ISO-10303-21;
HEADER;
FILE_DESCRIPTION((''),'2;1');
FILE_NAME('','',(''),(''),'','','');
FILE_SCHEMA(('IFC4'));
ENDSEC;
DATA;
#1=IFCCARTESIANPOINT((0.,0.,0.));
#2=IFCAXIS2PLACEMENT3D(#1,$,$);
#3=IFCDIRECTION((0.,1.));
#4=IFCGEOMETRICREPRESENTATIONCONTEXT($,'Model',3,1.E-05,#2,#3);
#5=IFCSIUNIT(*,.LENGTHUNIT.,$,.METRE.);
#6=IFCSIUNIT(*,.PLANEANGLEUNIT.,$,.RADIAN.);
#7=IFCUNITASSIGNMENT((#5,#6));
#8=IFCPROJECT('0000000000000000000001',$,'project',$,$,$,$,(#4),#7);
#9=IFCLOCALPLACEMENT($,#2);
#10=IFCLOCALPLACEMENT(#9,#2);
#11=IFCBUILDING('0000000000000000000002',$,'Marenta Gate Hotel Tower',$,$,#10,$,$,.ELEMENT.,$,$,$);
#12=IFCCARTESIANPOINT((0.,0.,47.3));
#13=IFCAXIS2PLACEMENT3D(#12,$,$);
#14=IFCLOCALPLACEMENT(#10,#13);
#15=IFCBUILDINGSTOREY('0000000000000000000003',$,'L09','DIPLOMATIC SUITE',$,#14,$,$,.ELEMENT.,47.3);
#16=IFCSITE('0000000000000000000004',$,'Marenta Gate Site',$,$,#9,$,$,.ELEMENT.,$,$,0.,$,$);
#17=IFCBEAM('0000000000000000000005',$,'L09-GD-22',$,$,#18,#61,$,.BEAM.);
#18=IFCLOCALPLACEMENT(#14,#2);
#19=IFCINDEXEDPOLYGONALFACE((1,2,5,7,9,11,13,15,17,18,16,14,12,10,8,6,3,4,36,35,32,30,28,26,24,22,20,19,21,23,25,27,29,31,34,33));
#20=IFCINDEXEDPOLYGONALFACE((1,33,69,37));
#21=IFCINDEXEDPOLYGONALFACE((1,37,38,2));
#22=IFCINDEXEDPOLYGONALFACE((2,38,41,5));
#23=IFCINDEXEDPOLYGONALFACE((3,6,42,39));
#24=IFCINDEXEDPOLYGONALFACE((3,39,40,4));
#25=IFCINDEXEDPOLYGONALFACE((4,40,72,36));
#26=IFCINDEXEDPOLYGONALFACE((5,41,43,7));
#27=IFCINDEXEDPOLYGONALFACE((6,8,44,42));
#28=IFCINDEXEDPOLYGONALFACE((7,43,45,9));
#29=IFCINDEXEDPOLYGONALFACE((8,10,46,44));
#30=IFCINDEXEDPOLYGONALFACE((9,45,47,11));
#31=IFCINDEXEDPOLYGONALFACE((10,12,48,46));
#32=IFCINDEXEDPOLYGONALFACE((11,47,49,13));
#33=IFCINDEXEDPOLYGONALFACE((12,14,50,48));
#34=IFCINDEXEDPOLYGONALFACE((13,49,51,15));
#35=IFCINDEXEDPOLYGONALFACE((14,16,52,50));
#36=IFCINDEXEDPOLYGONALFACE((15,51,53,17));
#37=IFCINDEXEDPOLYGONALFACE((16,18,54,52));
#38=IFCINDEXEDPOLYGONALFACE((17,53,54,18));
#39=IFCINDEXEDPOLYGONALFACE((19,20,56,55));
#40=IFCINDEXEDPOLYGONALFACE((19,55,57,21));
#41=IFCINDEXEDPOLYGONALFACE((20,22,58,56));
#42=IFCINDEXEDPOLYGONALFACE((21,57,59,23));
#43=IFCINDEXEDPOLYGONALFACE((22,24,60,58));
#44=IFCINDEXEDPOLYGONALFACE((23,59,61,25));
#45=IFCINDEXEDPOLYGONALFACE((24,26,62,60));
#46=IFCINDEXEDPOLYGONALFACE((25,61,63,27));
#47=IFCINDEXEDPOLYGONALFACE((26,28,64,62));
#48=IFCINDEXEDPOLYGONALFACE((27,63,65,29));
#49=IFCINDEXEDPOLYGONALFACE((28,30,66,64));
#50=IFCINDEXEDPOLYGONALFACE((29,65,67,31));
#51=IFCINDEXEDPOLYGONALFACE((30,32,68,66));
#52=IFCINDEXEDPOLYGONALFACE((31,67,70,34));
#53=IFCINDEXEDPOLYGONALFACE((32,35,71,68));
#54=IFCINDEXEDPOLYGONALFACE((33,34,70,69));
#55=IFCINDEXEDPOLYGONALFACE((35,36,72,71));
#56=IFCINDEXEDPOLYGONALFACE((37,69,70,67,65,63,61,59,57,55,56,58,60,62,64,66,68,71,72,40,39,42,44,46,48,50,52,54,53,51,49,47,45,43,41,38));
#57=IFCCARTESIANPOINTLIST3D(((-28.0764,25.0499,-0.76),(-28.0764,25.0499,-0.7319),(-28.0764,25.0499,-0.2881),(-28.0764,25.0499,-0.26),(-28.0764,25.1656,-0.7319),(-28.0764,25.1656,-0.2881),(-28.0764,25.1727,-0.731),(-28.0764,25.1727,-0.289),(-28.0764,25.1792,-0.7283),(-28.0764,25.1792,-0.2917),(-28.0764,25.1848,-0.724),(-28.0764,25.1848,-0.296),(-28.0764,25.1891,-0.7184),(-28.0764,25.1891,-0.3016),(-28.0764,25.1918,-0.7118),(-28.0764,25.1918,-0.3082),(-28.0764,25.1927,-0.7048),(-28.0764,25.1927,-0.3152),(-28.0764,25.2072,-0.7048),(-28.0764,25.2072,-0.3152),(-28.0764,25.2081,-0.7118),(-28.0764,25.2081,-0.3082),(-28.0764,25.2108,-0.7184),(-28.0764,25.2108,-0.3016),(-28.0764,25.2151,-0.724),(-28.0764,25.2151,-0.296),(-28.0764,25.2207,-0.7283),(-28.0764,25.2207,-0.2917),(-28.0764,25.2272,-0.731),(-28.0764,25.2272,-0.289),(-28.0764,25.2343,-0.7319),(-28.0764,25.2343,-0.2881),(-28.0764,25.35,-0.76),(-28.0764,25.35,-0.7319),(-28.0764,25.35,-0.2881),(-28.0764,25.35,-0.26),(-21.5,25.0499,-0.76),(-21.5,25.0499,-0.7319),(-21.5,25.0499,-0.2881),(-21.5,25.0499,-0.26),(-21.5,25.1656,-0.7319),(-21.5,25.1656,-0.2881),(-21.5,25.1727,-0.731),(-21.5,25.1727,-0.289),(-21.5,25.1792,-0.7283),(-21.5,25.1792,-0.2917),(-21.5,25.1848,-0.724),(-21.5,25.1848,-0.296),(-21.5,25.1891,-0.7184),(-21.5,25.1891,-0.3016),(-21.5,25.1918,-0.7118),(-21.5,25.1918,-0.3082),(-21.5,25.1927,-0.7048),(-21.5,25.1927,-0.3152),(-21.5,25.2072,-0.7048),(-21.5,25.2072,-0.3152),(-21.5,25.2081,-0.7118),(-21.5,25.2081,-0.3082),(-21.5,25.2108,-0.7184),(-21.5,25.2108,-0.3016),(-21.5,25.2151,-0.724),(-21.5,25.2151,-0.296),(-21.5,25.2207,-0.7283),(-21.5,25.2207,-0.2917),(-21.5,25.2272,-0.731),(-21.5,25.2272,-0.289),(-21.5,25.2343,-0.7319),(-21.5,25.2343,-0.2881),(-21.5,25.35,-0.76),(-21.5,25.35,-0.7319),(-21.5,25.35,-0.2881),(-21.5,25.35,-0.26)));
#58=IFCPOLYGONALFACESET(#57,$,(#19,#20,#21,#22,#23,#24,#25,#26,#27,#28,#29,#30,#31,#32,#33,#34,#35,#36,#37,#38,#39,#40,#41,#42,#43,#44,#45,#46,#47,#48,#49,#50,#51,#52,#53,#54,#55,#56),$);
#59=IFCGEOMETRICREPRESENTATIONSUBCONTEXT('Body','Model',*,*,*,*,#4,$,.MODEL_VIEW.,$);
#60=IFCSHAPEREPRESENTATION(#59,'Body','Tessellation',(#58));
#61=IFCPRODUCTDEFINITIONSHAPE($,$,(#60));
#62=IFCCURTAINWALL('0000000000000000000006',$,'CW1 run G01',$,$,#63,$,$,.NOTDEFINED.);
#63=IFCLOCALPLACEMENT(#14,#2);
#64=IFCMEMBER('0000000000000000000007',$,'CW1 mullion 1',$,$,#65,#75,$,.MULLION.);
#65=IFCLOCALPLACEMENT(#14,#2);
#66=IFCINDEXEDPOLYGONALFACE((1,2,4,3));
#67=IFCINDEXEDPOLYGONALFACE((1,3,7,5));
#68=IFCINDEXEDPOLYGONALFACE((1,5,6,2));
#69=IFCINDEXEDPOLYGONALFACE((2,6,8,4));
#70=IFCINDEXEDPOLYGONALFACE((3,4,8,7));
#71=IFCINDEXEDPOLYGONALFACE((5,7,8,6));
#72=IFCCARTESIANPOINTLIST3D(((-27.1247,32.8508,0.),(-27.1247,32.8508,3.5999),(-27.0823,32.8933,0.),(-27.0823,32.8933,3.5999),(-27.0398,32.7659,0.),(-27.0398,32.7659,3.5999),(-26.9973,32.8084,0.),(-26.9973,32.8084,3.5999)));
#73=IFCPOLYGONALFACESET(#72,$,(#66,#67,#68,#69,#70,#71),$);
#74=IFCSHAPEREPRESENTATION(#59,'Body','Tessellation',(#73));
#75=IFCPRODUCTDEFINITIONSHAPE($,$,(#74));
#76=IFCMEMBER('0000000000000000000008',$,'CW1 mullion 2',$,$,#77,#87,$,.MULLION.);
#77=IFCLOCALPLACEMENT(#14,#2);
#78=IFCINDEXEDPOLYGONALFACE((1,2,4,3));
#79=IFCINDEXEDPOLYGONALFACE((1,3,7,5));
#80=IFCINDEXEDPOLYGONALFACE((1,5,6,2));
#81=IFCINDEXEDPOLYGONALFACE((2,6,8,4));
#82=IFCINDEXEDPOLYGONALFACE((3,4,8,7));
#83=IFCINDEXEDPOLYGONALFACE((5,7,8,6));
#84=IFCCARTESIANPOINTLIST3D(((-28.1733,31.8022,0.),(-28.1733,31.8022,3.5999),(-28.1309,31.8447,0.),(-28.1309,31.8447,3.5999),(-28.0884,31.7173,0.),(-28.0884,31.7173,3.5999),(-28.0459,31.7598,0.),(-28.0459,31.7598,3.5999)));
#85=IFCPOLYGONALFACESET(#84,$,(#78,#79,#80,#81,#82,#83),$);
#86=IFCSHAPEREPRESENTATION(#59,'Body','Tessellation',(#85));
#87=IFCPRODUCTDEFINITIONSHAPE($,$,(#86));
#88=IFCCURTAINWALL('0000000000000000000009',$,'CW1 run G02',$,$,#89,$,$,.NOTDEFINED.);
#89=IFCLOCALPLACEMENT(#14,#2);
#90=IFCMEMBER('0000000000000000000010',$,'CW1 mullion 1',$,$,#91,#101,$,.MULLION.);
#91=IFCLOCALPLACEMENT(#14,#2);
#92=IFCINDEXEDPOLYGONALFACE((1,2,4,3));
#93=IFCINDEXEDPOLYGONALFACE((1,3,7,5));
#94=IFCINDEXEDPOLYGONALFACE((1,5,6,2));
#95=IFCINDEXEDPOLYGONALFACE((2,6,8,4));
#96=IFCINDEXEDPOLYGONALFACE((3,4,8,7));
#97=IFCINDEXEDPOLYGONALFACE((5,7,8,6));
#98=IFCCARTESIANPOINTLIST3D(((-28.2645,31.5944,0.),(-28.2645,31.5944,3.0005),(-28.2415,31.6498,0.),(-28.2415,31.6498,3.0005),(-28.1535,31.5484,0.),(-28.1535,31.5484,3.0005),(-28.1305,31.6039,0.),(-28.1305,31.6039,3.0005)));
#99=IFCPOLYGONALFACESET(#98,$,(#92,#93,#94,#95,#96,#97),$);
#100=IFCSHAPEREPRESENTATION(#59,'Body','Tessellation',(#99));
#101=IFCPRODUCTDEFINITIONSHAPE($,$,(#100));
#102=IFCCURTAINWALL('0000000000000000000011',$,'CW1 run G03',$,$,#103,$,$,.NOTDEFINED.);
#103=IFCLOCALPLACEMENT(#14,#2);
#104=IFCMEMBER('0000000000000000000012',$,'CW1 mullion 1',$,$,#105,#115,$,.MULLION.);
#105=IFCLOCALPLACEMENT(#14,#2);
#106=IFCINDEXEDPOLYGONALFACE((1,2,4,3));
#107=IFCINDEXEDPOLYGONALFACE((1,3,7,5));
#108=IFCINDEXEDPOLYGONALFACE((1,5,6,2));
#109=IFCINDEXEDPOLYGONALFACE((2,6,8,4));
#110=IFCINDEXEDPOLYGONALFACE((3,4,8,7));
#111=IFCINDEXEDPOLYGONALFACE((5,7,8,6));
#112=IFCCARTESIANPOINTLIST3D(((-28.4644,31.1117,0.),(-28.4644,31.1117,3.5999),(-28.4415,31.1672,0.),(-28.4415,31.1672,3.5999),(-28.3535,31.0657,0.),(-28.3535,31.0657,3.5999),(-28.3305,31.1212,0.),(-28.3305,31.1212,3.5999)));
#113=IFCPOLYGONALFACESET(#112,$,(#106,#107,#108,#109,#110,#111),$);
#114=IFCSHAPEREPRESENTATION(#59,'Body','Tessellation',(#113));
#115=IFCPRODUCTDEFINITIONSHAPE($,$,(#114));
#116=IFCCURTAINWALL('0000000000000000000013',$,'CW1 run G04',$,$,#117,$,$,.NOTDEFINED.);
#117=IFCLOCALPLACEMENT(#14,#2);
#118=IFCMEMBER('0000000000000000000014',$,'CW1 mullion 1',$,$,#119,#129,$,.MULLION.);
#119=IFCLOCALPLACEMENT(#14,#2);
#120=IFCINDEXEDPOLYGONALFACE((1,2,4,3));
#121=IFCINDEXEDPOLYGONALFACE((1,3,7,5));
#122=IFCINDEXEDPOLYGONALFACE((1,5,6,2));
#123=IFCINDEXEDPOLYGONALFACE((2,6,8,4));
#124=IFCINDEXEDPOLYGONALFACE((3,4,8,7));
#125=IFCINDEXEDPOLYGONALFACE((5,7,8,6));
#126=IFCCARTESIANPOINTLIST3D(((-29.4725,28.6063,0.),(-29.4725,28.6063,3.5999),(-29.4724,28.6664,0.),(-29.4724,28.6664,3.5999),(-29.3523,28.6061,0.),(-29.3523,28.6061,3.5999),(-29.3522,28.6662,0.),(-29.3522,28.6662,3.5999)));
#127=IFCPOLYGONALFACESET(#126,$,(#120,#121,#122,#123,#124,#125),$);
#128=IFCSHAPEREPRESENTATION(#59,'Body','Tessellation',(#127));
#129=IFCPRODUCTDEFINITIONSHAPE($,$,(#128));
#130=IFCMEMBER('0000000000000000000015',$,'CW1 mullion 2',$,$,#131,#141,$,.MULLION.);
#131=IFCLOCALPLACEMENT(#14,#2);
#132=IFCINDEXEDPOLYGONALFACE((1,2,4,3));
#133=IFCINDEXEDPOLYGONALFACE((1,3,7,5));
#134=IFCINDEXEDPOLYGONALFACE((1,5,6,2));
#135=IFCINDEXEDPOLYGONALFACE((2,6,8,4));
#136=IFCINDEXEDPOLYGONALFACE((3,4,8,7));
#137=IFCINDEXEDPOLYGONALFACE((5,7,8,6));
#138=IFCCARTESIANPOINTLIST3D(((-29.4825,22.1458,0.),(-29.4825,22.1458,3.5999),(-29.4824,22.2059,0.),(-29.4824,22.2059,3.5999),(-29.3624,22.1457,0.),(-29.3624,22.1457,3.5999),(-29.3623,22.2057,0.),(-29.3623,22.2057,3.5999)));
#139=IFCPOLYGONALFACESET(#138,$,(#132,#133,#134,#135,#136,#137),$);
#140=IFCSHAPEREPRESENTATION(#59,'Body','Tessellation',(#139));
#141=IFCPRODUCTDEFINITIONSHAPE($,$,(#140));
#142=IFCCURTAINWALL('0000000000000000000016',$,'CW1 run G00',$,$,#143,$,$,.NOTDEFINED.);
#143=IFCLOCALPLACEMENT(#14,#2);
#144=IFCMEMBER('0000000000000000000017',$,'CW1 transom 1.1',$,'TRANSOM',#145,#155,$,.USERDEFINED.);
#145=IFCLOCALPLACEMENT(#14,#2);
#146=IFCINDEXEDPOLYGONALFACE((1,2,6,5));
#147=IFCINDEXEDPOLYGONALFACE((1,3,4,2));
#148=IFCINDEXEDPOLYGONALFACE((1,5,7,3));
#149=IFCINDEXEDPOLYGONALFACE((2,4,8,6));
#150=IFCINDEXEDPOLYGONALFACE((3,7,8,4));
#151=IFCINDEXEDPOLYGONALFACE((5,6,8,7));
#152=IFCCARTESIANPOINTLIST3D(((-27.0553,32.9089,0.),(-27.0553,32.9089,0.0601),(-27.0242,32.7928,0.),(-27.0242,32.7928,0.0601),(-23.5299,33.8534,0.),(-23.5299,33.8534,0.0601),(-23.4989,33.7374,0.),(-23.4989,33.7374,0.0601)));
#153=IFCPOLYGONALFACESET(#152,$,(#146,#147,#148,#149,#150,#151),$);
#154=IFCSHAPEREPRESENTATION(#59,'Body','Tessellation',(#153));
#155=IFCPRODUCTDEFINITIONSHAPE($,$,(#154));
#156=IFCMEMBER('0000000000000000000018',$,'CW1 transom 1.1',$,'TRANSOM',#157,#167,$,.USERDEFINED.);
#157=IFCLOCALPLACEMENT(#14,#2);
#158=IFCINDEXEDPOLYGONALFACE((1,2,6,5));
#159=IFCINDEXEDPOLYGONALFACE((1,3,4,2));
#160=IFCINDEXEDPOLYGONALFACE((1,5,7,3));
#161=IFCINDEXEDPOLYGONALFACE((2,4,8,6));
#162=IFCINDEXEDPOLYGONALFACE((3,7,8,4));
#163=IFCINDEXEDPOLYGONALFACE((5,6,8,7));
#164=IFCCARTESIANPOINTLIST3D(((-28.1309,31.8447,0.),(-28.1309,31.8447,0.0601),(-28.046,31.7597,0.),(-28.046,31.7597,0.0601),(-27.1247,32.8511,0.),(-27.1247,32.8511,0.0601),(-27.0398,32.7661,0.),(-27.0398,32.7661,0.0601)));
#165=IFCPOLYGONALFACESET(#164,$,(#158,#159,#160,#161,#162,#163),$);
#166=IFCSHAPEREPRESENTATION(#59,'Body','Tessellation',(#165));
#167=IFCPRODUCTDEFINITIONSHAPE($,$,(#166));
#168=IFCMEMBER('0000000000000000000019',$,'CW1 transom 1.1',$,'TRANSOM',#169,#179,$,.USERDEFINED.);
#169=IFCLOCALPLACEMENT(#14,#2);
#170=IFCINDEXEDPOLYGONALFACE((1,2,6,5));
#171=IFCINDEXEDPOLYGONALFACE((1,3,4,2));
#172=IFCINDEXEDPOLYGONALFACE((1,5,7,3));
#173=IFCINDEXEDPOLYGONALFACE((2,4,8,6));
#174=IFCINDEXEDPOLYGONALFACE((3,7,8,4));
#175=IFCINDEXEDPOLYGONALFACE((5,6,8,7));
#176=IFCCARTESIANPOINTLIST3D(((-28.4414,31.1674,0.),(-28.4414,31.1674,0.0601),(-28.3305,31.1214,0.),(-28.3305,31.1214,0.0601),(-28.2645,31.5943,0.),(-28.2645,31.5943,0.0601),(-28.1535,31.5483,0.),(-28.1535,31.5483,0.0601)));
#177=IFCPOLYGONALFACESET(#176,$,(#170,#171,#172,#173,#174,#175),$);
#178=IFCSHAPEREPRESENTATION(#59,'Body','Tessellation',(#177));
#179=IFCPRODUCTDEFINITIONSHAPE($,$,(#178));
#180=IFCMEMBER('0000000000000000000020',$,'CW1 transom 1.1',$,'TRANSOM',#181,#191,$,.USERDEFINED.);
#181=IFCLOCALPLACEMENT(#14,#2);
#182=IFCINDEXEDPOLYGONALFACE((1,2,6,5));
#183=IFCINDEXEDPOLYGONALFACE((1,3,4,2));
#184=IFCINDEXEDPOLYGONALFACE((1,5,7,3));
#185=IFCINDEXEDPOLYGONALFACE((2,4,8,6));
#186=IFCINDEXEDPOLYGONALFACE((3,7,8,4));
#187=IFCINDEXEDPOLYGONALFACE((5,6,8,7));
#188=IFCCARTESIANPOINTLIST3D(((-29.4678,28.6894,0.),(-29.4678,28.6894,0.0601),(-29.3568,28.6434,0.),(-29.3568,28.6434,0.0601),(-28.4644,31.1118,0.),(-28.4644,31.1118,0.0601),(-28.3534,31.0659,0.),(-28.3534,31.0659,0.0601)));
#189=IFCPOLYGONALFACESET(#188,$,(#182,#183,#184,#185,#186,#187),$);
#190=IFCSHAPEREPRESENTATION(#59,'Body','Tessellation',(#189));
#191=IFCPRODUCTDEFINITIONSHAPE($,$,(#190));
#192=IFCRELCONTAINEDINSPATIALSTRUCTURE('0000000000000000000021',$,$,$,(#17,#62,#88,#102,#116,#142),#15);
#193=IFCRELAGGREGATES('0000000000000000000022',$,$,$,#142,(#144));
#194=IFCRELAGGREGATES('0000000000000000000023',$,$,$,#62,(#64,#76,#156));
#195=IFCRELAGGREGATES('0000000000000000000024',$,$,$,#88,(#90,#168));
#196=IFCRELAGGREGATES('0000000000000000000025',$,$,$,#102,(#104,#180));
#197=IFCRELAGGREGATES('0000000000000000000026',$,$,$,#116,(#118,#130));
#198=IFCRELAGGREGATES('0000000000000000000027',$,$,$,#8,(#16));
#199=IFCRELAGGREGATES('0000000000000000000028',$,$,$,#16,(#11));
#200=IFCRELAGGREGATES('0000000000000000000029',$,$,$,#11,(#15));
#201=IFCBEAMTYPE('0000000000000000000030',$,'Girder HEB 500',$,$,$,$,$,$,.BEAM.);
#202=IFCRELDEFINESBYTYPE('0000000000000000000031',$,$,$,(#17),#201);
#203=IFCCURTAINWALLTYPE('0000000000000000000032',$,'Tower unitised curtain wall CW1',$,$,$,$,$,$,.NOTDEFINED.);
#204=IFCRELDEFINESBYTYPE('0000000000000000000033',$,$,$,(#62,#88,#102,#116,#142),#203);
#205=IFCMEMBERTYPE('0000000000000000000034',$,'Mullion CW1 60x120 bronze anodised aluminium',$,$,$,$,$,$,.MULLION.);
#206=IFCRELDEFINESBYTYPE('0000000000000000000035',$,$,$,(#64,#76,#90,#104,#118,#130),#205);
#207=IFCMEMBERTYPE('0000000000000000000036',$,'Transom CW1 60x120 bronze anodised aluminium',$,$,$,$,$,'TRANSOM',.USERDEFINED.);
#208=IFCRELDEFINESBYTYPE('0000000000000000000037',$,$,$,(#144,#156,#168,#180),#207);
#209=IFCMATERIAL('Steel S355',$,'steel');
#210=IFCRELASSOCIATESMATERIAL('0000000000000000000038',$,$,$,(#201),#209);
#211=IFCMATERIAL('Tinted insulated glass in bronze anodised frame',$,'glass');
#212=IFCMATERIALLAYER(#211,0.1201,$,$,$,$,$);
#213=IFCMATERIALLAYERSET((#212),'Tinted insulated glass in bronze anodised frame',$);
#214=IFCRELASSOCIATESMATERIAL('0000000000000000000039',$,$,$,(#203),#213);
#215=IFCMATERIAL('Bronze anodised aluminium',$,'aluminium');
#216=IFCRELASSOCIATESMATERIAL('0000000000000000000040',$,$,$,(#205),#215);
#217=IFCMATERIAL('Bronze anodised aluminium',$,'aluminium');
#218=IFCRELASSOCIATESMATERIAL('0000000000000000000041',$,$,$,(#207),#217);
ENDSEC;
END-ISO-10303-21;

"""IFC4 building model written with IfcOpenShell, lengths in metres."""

from ifc_helpers import new_model, si_unit, direction, frame, origin, origin_2d, place, context, subcontext, project, spatial, rectangle, i_section, extrude, material, layer, layer_set, material_profile, profile_set, type_object, element, aggregate, save


model = new_model("IFC4")

# Units and contexts
model_context = context("Model", 3, precision=1e-05, world=origin(), true_north=direction((0.0, 1.0)))
body_context = subcontext(model_context, "Body", "Model", "MODEL_VIEW")
ifc_project = project(units=[si_unit("LENGTHUNIT", "METRE"), si_unit("PLANEANGLEUNIT", "RADIAN")], contexts=[model_context])

# Site, building, storey
site_placement = place(None, origin())
site = spatial("IfcSite", under=ifc_project, at=site_placement, Name="Marenta Gate Site", CompositionType="ELEMENT", RefElevation=0.0)
building_placement = place(site_placement, origin())
building = spatial("IfcBuilding", under=site, at=building_placement, Name="Marenta Gate Hotel Tower", CompositionType="ELEMENT")
storey_placement = place(building_placement, frame((0.0, 0.0, 47.3)))
storey = spatial("IfcBuildingStorey", under=building, at=storey_placement, Name="L09", Description="DIPLOMATIC SUITE", CompositionType="ELEMENT", Elevation=47.3)

# Beam
ifc_material_1 = material(Name="Steel S355", Category="steel")
ifc_material_profile_1 = material_profile(ifc_material_1, i_section(OverallWidth=0.3, OverallDepth=0.5, WebThickness=0.0144, FlangeThickness=0.0281, FilletRadius=0.0271, at=origin_2d()), Name="HEB 500")
ifc_profile_set_1 = profile_set([ifc_material_profile_1], Name="Steel S355")
beam_type_1 = type_object("IfcBeamType", Name="Girder HEB 500", PredefinedType="BEAM", material=ifc_profile_set_1)
beam_1_placement = place(storey_placement, frame((-28.0764, 25.2, -0.51), z_axis=(1.0, 0.0, 0.0), x_axis=(0.0, 1.0, 0.0)))
element("IfcBeam", 1, at=beam_1_placement, inside=storey, type_object=beam_type_1, Name="L09-GD-22", PredefinedType="BEAM", context=body_context, shape_type="SweptSolid", body=[
    extrude(i_section(OverallWidth=0.3, OverallDepth=0.5, WebThickness=0.0144, FlangeThickness=0.0281, FilletRadius=0.0271, at=origin_2d()), origin(), (0.0, 0.0, 1.0), 6.5764),
])

# Curtain wall, members
ifc_material_2 = material(Name="Tinted insulated glass in bronze anodised frame", Category="glass")
ifc_layer_1 = layer(ifc_material_2, 0.1201)
ifc_layer_set_1 = layer_set([ifc_layer_1], Name="Tinted insulated glass in bronze anodised frame")
curtain_wall_type = type_object("IfcCurtainWallType", Name="Tower unitised curtain wall CW1", PredefinedType="NOTDEFINED", material=ifc_layer_set_1)
curtain_wall_1_placement = place(storey_placement, origin())
curtain_wall_1 = element("IfcCurtainWall", 2, at=curtain_wall_1_placement, inside=storey, type_object=curtain_wall_type, Name="CW1 run G01", PredefinedType="NOTDEFINED")
ifc_material_3 = material(Name="Bronze anodised aluminium", Category="aluminium")
ifc_material_profile_2 = material_profile(ifc_material_3, rectangle(XDim=0.1201, YDim=0.0601, at=origin_2d()), Name="Mullion CW1 60x120 bronze anodised aluminium")
ifc_profile_set_2 = profile_set([ifc_material_profile_2], Name="Bronze anodised aluminium")
member_type_1 = type_object("IfcMemberType", Name="Mullion CW1 60x120 bronze anodised aluminium", PredefinedType="MULLION", material=ifc_profile_set_2)
member_1_placement = place(storey_placement, frame((-27.061, 32.8296, 0.0), z_axis=(0.0, 0.0, 1.0), x_axis=(0.707107, -0.707107, 0.0)))
member_1 = element("IfcMember", 3, at=member_1_placement, type_object=member_type_1, Name="CW1 mullion 1", PredefinedType="MULLION", context=body_context, shape_type="SweptSolid", body=[
    extrude(rectangle(XDim=0.1201, YDim=0.0601, at=origin_2d()), origin(), (0.0, 0.0, 1.0), 3.5999),
])
member_2_placement = place(storey_placement, frame((-28.1096, 31.781, 0.0), z_axis=(0.0, 0.0, 1.0), x_axis=(0.707107, -0.707107, 0.0)))
member_2 = element("IfcMember", 4, at=member_2_placement, type_object=member_type_1, Name="CW1 mullion 2", PredefinedType="MULLION", context=body_context, shape_type="SweptSolid", body=[
    extrude(rectangle(XDim=0.1201, YDim=0.0601, at=origin_2d()), origin(), (0.0, 0.0, 1.0), 3.5999),
])

# Curtain walls, members
curtain_wall_2_placement = place(storey_placement, origin())
curtain_wall_2 = element("IfcCurtainWall", 5, at=curtain_wall_2_placement, inside=storey, type_object=curtain_wall_type, Name="CW1 run G02", PredefinedType="NOTDEFINED")
member_3_placement = place(storey_placement, frame((-28.1975, 31.5991, 0.0), z_axis=(0.0, 0.0, 1.0), x_axis=(0.923879, -0.382684, 0.0)))
member_3 = element("IfcMember", 6, at=member_3_placement, type_object=member_type_1, Name="CW1 mullion 1", PredefinedType="MULLION", context=body_context, shape_type="SweptSolid", body=[
    extrude(rectangle(XDim=0.1201, YDim=0.0601, at=origin_2d()), origin(), (0.0, 0.0, 1.0), 3.0005),
])
curtain_wall_3_placement = place(storey_placement, origin())
curtain_wall_3 = element("IfcCurtainWall", 7, at=curtain_wall_3_placement, inside=storey, type_object=curtain_wall_type, Name="CW1 run G03", PredefinedType="NOTDEFINED")
member_4_placement = place(storey_placement, frame((-28.3975, 31.1165, 0.0), z_axis=(0.0, 0.0, 1.0), x_axis=(0.923882, -0.382677, 0.0)))
member_4 = element("IfcMember", 8, at=member_4_placement, type_object=member_type_1, Name="CW1 mullion 1", PredefinedType="MULLION", context=body_context, shape_type="SweptSolid", body=[
    extrude(rectangle(XDim=0.1201, YDim=0.0601, at=origin_2d()), origin(), (0.0, 0.0, 1.0), 3.5999),
])

# Curtain wall, members
curtain_wall_4_placement = place(storey_placement, origin())
curtain_wall_4 = element("IfcCurtainWall", 9, at=curtain_wall_4_placement, inside=storey, type_object=curtain_wall_type, Name="CW1 run G04", PredefinedType="NOTDEFINED")
member_5_placement = place(storey_placement, frame((-29.4124, 28.6362, 0.0), z_axis=(0.0, 0.0, 1.0), x_axis=(0.999999, -0.001566, 0.0)))
member_5 = element("IfcMember", 10, at=member_5_placement, type_object=member_type_1, Name="CW1 mullion 1", PredefinedType="MULLION", context=body_context, shape_type="SweptSolid", body=[
    extrude(rectangle(XDim=0.1201, YDim=0.0601, at=origin_2d()), origin(), (0.0, 0.0, 1.0), 3.5999),
])
member_6_placement = place(storey_placement, frame((-29.4224, 22.1758, 0.0), z_axis=(0.0, 0.0, 1.0), x_axis=(0.999999, -0.001566, 0.0)))
member_6 = element("IfcMember", 11, at=member_6_placement, type_object=member_type_1, Name="CW1 mullion 2", PredefinedType="MULLION", context=body_context, shape_type="SweptSolid", body=[
    extrude(rectangle(XDim=0.1201, YDim=0.0601, at=origin_2d()), origin(), (0.0, 0.0, 1.0), 3.5999),
])

# Curtain wall, member
curtain_wall_5_placement = place(storey_placement, origin())
curtain_wall_5 = element("IfcCurtainWall", 12, at=curtain_wall_5_placement, inside=storey, type_object=curtain_wall_type, Name="CW1 run G00", PredefinedType="NOTDEFINED")
ifc_material_4 = material(Name="Bronze anodised aluminium", Category="aluminium")
ifc_material_profile_3 = material_profile(ifc_material_4, rectangle(XDim=0.1201, YDim=0.0601, at=origin_2d()), Name="Transom CW1 60x120 bronze anodised aluminium")
ifc_profile_set_3 = profile_set([ifc_material_profile_3], Name="Bronze anodised aluminium")
member_type_2 = type_object("IfcMemberType", Name="Transom CW1 60x120 bronze anodised aluminium", ElementType="TRANSOM", PredefinedType="USERDEFINED", material=ifc_profile_set_3)
member_7_placement = place(storey_placement, frame((-23.5144, 33.7954, 0.03), z_axis=(-0.965929, -0.258807, 0.0), x_axis=(0.258807, -0.965929, 0.0)))
member_7 = element("IfcMember", 13, at=member_7_placement, type_object=member_type_2, Name="CW1 transom 1.1", ObjectType="TRANSOM", PredefinedType="USERDEFINED", context=body_context, shape_type="SweptSolid", body=[
    extrude(rectangle(XDim=0.1201, YDim=0.0601, at=origin_2d()), origin(), (0.0, 0.0, 1.0), 3.6497),
])

# Members
member_8_placement = place(storey_placement, frame((-27.0823, 32.8086, 0.03), z_axis=(-0.707021, -0.707193, 0.0), x_axis=(0.707193, -0.707021, 0.0)))
member_8 = element("IfcMember", 14, at=member_8_placement, type_object=member_type_2, Name="CW1 transom 1.1", ObjectType="TRANSOM", PredefinedType="USERDEFINED", context=body_context, shape_type="SweptSolid", body=[
    extrude(rectangle(XDim=0.1201, YDim=0.0601, at=origin_2d()), origin(), (0.0, 0.0, 1.0), 1.4231),
])
member_9_placement = place(storey_placement, frame((-28.209, 31.5713, 0.03), z_axis=(-0.382927, -0.923779, 0.0), x_axis=(0.923779, -0.382927, 0.0)))
member_9 = element("IfcMember", 15, at=member_9_placement, type_object=member_type_2, Name="CW1 transom 1.1", ObjectType="TRANSOM", PredefinedType="USERDEFINED", context=body_context, shape_type="SweptSolid", body=[
    extrude(rectangle(XDim=0.1201, YDim=0.0601, at=origin_2d()), origin(), (0.0, 0.0, 1.0), 0.4622),
])
member_10_placement = place(storey_placement, frame((-28.4089, 31.0889, 0.03), z_axis=(-0.382664, -0.923887, 0.0), x_axis=(0.923887, -0.382664, 0.0)))
member_10 = element("IfcMember", 16, at=member_10_placement, type_object=member_type_2, Name="CW1 transom 1.1", ObjectType="TRANSOM", PredefinedType="USERDEFINED", context=body_context, shape_type="SweptSolid", body=[
    extrude(rectangle(XDim=0.1201, YDim=0.0601, at=origin_2d()), origin(), (0.0, 0.0, 1.0), 2.6221),
])

aggregate(curtain_wall_5, [member_7])
aggregate(curtain_wall_1, [member_1, member_2, member_8])
aggregate(curtain_wall_2, [member_3, member_9])
aggregate(curtain_wall_3, [member_4, member_10])
aggregate(curtain_wall_4, [member_5, member_6])

save(model, "model.ifc")
